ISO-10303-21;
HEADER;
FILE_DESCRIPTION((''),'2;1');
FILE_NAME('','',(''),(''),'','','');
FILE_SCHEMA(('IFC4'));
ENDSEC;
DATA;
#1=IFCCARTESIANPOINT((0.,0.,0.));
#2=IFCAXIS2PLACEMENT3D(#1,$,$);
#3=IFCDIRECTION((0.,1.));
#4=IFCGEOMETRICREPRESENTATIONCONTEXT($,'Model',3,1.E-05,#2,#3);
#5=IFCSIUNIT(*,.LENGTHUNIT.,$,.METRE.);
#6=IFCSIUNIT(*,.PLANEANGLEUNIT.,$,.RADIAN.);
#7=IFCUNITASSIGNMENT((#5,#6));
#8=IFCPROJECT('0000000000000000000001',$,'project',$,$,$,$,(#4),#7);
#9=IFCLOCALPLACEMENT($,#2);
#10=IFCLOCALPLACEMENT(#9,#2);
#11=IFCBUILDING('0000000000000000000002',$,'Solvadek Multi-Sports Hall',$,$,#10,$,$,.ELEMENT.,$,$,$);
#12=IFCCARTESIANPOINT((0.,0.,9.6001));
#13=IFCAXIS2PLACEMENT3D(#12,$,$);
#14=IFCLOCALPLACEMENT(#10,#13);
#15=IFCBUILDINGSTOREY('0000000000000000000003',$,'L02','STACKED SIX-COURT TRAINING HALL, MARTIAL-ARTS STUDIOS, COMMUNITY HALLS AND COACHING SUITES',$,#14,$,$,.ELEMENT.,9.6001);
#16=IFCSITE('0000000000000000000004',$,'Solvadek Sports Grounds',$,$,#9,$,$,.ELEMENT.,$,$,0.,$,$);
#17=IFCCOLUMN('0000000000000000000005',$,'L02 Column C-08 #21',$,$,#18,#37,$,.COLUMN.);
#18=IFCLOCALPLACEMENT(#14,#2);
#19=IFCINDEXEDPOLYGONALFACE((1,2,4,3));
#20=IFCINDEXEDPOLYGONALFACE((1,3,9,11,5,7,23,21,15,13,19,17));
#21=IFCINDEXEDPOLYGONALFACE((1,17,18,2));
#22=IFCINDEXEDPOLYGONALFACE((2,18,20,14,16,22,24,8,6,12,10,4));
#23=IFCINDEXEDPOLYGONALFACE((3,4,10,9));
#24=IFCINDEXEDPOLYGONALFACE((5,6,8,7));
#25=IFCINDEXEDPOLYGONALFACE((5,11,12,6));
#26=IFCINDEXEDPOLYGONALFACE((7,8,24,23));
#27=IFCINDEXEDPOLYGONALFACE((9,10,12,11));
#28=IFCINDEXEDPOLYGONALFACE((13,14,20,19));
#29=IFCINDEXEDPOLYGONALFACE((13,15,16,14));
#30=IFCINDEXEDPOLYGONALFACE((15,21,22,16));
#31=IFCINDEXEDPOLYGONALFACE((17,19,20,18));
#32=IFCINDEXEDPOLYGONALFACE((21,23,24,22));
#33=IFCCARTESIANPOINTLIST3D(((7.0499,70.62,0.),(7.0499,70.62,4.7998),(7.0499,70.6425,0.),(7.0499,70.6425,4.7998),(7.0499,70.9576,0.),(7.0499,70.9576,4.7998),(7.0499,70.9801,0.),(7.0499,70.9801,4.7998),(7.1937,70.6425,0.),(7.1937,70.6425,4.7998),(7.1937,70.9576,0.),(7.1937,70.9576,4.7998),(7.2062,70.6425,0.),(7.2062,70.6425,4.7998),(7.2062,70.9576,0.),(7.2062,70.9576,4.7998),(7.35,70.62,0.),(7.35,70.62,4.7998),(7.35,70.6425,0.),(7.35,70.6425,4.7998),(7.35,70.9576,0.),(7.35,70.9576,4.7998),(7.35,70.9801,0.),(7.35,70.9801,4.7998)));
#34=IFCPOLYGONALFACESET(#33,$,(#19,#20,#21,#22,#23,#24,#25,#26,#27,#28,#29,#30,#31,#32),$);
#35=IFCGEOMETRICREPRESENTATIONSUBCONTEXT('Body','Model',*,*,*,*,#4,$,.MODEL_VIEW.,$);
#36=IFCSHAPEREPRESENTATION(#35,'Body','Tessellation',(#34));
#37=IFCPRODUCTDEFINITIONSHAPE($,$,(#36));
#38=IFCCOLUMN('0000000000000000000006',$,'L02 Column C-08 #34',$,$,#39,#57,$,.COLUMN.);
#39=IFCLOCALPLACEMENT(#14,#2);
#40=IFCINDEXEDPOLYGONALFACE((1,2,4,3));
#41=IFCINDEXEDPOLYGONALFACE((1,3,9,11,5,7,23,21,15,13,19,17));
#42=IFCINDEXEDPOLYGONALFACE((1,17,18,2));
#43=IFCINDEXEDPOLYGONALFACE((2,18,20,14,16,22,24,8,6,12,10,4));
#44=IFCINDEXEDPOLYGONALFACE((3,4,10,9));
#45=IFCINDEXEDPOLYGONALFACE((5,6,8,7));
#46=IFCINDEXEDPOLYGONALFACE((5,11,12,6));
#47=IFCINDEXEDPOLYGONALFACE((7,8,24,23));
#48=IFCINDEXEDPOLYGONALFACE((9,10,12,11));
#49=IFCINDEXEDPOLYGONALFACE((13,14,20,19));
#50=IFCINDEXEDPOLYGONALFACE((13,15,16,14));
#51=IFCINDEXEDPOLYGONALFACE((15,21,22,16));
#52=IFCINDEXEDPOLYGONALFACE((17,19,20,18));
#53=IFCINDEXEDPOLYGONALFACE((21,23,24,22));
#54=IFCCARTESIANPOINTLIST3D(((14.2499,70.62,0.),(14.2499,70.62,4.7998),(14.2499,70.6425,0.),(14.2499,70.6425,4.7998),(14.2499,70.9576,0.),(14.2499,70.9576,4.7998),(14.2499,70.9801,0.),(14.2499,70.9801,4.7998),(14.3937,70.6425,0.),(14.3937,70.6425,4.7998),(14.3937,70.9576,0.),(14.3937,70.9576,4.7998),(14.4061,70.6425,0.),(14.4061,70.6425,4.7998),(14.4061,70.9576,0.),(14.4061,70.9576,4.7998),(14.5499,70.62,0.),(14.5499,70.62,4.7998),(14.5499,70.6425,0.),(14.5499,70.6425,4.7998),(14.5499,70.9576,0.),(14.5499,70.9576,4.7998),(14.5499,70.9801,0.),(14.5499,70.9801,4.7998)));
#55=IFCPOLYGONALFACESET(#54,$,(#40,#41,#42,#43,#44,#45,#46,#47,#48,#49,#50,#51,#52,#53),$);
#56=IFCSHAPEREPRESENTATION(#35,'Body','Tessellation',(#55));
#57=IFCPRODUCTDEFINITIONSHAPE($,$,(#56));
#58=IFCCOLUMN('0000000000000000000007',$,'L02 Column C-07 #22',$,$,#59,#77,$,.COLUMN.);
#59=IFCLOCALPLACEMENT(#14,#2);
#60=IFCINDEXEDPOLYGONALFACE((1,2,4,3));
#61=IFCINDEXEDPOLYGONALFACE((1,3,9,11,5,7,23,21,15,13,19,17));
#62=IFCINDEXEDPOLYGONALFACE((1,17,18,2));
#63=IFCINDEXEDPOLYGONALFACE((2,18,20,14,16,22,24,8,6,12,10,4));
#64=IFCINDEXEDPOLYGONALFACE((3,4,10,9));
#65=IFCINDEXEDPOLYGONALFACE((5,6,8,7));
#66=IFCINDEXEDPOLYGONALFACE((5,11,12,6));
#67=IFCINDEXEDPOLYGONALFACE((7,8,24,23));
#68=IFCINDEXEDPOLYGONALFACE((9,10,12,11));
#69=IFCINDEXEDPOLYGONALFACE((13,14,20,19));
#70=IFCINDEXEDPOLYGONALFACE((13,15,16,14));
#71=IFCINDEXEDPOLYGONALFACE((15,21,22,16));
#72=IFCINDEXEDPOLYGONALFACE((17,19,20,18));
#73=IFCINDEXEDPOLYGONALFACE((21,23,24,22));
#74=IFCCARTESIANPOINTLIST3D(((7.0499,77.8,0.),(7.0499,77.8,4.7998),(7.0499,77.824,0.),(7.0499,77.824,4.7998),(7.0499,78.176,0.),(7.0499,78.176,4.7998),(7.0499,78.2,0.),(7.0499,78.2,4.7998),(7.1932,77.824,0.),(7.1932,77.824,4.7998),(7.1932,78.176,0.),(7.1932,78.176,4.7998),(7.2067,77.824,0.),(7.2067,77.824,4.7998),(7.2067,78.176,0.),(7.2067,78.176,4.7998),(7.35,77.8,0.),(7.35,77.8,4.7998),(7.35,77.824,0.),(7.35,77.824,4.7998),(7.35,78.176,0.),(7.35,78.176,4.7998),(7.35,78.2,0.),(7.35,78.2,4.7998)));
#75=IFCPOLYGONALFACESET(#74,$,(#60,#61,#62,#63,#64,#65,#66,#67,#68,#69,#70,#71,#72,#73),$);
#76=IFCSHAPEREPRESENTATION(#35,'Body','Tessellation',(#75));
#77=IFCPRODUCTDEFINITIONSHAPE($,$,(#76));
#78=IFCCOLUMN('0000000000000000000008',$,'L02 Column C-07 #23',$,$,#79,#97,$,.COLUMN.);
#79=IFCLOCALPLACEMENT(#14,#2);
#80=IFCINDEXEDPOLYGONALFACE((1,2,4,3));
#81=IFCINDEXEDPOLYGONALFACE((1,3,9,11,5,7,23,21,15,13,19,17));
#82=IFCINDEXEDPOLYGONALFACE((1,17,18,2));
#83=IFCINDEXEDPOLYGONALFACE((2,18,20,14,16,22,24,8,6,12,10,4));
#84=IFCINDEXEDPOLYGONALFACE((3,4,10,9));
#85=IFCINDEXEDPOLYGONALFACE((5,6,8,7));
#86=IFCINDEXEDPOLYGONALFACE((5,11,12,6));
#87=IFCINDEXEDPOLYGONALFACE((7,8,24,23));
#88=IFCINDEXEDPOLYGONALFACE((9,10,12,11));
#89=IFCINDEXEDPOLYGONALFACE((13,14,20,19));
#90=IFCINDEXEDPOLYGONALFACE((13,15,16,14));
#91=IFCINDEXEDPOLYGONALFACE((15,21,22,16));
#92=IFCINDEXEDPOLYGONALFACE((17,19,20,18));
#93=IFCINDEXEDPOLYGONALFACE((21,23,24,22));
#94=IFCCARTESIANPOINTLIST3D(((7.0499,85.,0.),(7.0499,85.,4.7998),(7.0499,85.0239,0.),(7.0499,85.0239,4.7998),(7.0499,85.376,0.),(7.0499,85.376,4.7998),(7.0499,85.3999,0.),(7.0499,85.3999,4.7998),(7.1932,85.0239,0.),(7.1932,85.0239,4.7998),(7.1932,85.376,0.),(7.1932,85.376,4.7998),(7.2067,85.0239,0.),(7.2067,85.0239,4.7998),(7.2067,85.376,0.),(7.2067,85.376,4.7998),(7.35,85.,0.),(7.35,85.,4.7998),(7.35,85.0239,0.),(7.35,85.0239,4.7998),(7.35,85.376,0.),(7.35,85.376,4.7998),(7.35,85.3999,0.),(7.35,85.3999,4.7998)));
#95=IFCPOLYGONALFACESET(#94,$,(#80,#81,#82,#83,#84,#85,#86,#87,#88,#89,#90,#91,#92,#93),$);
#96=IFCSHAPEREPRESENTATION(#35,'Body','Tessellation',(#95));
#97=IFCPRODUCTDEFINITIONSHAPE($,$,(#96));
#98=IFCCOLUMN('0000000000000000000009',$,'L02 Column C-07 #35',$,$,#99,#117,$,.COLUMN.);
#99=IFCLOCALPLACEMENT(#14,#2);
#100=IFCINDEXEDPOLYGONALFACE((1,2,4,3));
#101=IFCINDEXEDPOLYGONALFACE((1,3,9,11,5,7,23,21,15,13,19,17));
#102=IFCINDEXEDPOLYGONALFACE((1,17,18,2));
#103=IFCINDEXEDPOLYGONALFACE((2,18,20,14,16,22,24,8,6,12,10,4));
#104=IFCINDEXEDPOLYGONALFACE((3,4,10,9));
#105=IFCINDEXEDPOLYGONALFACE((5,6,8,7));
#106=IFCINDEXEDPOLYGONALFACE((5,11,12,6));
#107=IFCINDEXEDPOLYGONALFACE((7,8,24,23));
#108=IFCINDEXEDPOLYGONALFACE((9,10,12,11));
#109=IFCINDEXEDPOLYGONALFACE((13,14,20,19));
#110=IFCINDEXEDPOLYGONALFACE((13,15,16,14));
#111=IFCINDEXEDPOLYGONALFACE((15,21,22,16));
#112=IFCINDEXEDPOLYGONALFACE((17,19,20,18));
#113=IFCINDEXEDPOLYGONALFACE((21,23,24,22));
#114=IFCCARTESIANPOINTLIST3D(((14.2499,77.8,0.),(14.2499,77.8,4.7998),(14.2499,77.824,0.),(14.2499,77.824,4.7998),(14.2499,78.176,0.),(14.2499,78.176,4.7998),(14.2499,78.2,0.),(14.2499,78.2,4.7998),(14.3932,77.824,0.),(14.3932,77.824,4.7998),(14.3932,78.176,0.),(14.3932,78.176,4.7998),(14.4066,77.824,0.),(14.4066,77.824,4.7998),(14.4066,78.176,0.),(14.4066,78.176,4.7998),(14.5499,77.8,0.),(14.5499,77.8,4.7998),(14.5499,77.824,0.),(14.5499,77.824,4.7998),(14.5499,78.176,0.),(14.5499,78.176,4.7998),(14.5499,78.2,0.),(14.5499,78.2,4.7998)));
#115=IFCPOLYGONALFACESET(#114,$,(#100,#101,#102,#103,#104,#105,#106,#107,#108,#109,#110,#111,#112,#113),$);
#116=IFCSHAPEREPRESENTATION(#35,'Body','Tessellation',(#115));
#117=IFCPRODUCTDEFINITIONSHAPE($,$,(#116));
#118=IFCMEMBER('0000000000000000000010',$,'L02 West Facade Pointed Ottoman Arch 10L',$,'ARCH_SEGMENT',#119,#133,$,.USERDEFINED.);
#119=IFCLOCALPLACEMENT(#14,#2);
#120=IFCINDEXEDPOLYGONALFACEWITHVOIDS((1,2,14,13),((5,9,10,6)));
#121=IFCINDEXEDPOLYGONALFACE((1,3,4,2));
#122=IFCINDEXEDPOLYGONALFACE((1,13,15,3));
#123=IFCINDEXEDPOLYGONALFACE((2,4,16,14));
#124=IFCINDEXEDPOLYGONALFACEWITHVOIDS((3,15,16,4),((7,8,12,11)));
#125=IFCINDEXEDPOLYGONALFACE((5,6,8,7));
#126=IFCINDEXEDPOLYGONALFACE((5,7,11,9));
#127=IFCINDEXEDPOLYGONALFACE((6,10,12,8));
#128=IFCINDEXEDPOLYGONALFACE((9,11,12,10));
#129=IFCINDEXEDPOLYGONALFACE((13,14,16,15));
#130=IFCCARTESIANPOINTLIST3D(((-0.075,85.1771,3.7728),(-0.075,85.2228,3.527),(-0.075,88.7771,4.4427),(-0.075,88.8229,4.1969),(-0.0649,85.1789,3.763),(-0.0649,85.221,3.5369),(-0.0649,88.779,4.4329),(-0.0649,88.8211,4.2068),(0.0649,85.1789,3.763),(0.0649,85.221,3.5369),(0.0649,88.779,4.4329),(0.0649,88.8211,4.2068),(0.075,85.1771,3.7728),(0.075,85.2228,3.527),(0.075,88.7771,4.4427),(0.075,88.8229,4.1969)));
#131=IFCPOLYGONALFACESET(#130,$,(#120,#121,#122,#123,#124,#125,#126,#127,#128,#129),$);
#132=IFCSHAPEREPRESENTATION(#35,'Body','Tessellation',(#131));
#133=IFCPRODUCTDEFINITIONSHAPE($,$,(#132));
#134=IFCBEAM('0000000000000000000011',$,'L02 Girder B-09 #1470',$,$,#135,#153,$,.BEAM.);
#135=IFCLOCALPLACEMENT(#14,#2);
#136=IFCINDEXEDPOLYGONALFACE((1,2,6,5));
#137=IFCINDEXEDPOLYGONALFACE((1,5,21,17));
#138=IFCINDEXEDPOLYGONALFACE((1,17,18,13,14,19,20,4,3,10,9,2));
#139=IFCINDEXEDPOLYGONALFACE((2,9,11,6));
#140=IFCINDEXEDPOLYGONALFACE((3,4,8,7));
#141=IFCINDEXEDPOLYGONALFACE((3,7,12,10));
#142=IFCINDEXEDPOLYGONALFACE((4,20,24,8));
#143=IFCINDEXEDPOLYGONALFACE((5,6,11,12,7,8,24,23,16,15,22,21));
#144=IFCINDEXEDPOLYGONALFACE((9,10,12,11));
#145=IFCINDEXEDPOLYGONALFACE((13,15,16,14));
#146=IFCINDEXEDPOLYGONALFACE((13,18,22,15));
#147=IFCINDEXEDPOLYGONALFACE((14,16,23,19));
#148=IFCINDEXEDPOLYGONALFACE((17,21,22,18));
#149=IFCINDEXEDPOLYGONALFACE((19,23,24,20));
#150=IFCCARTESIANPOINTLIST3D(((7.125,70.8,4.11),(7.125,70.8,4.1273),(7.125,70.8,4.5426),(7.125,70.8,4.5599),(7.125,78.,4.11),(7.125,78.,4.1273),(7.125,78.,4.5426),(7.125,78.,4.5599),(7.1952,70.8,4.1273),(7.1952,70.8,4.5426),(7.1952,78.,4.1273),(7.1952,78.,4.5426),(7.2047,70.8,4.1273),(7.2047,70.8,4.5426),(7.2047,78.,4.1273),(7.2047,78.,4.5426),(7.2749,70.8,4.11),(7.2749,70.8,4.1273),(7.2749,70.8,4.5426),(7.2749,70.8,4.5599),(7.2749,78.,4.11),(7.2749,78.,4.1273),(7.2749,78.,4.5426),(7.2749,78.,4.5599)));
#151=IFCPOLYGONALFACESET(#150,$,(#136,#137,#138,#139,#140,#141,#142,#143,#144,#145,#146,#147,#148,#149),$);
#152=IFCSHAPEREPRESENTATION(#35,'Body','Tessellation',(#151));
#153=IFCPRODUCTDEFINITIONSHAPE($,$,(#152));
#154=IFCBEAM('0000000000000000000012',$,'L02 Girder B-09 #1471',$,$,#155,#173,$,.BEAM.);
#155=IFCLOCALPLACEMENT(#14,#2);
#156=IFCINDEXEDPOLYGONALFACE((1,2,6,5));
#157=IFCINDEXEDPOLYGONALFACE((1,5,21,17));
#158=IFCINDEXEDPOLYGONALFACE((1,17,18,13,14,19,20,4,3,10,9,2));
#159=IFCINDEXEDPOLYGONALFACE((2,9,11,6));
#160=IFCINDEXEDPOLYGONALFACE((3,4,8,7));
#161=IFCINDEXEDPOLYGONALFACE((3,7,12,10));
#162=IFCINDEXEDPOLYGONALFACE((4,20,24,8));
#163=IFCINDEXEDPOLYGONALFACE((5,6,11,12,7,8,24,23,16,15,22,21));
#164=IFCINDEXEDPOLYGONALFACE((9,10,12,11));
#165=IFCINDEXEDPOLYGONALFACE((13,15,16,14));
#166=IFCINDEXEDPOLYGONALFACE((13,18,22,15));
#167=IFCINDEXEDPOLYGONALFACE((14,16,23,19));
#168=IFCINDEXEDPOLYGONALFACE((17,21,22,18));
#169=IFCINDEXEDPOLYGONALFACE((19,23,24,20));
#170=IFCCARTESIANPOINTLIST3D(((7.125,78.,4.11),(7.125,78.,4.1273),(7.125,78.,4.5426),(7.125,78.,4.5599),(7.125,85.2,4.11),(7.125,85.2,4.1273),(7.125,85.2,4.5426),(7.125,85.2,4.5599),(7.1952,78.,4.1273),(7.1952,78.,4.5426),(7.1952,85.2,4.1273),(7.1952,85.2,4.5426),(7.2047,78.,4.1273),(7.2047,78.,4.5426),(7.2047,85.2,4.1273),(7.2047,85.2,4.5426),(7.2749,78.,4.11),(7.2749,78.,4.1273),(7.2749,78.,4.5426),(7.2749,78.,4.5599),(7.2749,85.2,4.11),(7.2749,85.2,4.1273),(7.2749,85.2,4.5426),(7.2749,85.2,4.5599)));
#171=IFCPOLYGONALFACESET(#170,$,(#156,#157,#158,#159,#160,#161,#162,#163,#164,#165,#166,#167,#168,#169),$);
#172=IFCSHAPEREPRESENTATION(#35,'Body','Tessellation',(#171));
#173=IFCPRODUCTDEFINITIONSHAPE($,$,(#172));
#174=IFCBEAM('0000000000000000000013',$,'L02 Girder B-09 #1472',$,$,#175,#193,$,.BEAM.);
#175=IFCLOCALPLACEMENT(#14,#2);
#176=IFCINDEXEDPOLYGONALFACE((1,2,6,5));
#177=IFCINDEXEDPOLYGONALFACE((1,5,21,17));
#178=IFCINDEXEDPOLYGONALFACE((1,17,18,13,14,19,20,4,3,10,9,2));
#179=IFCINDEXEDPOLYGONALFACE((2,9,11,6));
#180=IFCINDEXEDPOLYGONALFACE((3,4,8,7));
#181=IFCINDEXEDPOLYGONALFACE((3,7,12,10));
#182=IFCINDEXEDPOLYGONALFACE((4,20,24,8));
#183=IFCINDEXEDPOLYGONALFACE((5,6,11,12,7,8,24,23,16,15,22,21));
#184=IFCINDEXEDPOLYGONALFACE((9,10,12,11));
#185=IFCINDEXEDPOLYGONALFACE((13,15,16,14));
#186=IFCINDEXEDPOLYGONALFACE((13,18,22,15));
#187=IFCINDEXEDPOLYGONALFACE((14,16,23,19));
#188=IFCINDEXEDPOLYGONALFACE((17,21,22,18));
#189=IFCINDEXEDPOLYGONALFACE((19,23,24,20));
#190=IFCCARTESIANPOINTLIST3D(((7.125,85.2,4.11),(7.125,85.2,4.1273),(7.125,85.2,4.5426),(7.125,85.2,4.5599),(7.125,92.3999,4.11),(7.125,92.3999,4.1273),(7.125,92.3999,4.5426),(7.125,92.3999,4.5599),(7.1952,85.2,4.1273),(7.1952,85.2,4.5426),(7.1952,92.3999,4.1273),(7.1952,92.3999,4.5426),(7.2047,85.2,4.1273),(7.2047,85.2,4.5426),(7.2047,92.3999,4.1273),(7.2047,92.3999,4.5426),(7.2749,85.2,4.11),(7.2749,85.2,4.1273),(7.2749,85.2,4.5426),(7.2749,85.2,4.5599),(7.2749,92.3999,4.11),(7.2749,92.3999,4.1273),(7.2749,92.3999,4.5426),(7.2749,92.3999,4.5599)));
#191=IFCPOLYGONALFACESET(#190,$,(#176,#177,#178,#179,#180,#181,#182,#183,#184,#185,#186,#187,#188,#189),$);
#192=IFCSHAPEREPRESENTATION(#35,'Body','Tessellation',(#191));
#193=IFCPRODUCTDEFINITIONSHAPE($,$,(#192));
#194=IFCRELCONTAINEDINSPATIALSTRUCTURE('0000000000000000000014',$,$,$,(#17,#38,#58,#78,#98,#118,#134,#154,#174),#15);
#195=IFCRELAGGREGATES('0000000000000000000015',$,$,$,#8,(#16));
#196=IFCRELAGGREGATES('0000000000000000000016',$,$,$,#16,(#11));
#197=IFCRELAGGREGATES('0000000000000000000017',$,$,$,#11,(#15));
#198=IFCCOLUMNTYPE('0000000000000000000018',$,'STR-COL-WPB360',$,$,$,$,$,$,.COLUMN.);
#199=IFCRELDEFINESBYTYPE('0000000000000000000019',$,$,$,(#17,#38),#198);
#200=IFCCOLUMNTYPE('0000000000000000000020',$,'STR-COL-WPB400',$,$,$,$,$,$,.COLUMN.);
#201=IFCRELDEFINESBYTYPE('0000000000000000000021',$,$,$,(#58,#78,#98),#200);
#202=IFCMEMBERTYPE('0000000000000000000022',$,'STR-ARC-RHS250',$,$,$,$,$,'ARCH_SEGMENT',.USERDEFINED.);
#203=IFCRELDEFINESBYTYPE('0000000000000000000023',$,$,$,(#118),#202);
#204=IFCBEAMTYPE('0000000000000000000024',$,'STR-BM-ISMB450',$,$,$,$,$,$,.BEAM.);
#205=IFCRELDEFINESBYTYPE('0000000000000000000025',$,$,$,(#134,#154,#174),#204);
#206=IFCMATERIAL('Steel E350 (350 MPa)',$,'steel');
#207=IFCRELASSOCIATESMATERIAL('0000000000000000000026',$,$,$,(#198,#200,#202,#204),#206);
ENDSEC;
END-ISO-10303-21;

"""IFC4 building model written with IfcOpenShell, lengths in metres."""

from ifc_helpers import new_model, si_unit, direction, frame, origin, origin_2d, place, context, subcontext, project, spatial, hollow_rectangle, i_section, extrude, material, material_profile, profile_set, type_object, element, save


model = new_model("IFC4")

# Units and contexts
model_context = context("Model", 3, precision=1e-05, world=origin(), true_north=direction((0.0, 1.0)))
body_context = subcontext(model_context, "Body", "Model", "MODEL_VIEW")
ifc_project = project(units=[si_unit("LENGTHUNIT", "METRE"), si_unit("PLANEANGLEUNIT", "RADIAN")], contexts=[model_context])

# Site, building, storey
site_placement = place(None, origin())
site = spatial("IfcSite", under=ifc_project, at=site_placement, Name="Solvadek Sports Grounds", CompositionType="ELEMENT", RefElevation=0.0)
building_placement = place(site_placement, origin())
building = spatial("IfcBuilding", under=site, at=building_placement, Name="Solvadek Multi-Sports Hall", CompositionType="ELEMENT")
storey_placement = place(building_placement, frame((0.0, 0.0, 9.6001)))
storey = spatial("IfcBuildingStorey", under=building, at=storey_placement, Name="L02", Description="STACKED SIX-COURT TRAINING HALL, MARTIAL-ARTS STUDIOS, COMMUNITY HALLS AND COACHING SUITES", CompositionType="ELEMENT", Elevation=9.6001)

# Columns
ifc_material_1 = material(Name="Steel E350 (350 MPa)", Category="steel")
ifc_material_profile_1 = material_profile(ifc_material_1, i_section(OverallWidth=0.3, OverallDepth=0.3601, WebThickness=0.0125, FlangeThickness=0.0225, at=origin_2d()), Name="WPB 360")
ifc_profile_set_1 = profile_set([ifc_material_profile_1], Name="Steel E350 (350 MPa)")
column_type_1 = type_object("IfcColumnType", Name="STR-COL-WPB360", PredefinedType="COLUMN", material=ifc_profile_set_1)
for number, where, z_axis, x_axis, name in (
    (1, (7.2, 70.8, 0.0), (0.0, 0.0, 1.0), (1.0, 0.0, 0.0), "L02 Column C-08 #21"),
    (2, (14.3999, 70.8, 0.0), (0.0, 0.0, 1.0), (1.0, 0.0, 0.0), "L02 Column C-08 #34"),
):
    element("IfcColumn", number, at=place(storey_placement, frame(where, z_axis=z_axis, x_axis=x_axis)), inside=storey, type_object=column_type_1, Name=name, PredefinedType="COLUMN", context=body_context, shape_type="SweptSolid", body=[
        extrude(i_section(OverallWidth=0.3, OverallDepth=0.3601, WebThickness=0.0125, FlangeThickness=0.0225, at=origin_2d()), origin(), (0.0, 0.0, 1.0), 4.7998),
    ])
ifc_material_profile_2 = material_profile(ifc_material_1, i_section(OverallWidth=0.3, OverallDepth=0.3999, WebThickness=0.0134, FlangeThickness=0.0239, at=origin_2d()), Name="WPB 400")
ifc_profile_set_2 = profile_set([ifc_material_profile_2], Name="Steel E350 (350 MPa)")
column_type_2 = type_object("IfcColumnType", Name="STR-COL-WPB400", PredefinedType="COLUMN", material=ifc_profile_set_2)
for number, where, z_axis, x_axis, name in (
    (3, (7.2, 78.0, 0.0), (0.0, 0.0, 1.0), (1.0, 0.0, 0.0), "L02 Column C-07 #22"),
    (4, (7.2, 85.2, 0.0), (0.0, 0.0, 1.0), (1.0, 0.0, 0.0), "L02 Column C-07 #23"),
    (5, (14.3999, 78.0, 0.0), (0.0, 0.0, 1.0), (1.0, 0.0, 0.0), "L02 Column C-07 #35"),
):
    element("IfcColumn", number, at=place(storey_placement, frame(where, z_axis=z_axis, x_axis=x_axis)), inside=storey, type_object=column_type_2, Name=name, PredefinedType="COLUMN", context=body_context, shape_type="SweptSolid", body=[
        extrude(i_section(OverallWidth=0.3, OverallDepth=0.3999, WebThickness=0.0134, FlangeThickness=0.0239, at=origin_2d()), origin(), (0.0, 0.0, 1.0), 4.7998),
    ])

# Member
ifc_material_profile_3 = material_profile(ifc_material_1, hollow_rectangle(XDim=0.1499, YDim=0.25, WallThickness=0.01, at=origin_2d()), Name="RHS 250x150x10")
ifc_profile_set_3 = profile_set([ifc_material_profile_3], Name="Steel E350 (350 MPa)")
member_type = type_object("IfcMemberType", Name="STR-ARC-RHS250", ElementType="ARCH_SEGMENT", PredefinedType="USERDEFINED", material=ifc_profile_set_3)
member_placement = place(storey_placement, frame((0.0, 85.2, 3.6499), z_axis=(0.0, 0.983123, 0.182944), x_axis=(-1.0, 0.0, 0.0)))
element("IfcMember", 6, at=member_placement, inside=storey, type_object=member_type, Name="L02 West Facade Pointed Ottoman Arch 10L", ObjectType="ARCH_SEGMENT", PredefinedType="USERDEFINED", context=body_context, shape_type="SweptSolid", body=[
    extrude(hollow_rectangle(XDim=0.1499, YDim=0.25, WallThickness=0.01, at=origin_2d()), origin(), (0.0, 0.0, 1.0), 3.6619),
])

# Beams
ifc_material_profile_4 = material_profile(ifc_material_1, i_section(OverallWidth=0.1499, OverallDepth=0.45, WebThickness=0.0095, FlangeThickness=0.0173, at=origin_2d()), Name="ISMB 450")
ifc_profile_set_4 = profile_set([ifc_material_profile_4], Name="Steel E350 (350 MPa)")
beam_type_1 = type_object("IfcBeamType", Name="STR-BM-ISMB450", PredefinedType="BEAM", material=ifc_profile_set_4)
for number, where, z_axis, x_axis, name in (
    (7, (7.2, 70.8, 4.335), (0.0, 1.0, 0.0), (-1.0, 0.0, 0.0), "L02 Girder B-09 #1470"),
    (8, (7.2, 78.0, 4.335), (0.0, 1.0, 0.0), (-1.0, 0.0, 0.0), "L02 Girder B-09 #1471"),
    (9, (7.2, 85.2, 4.335), (0.0, 1.0, 0.0), (-1.0, 0.0, 0.0), "L02 Girder B-09 #1472"),
):
    element("IfcBeam", number, at=place(storey_placement, frame(where, z_axis=z_axis, x_axis=x_axis)), inside=storey, type_object=beam_type_1, Name=name, PredefinedType="BEAM", context=body_context, shape_type="SweptSolid", body=[
        extrude(i_section(OverallWidth=0.1499, OverallDepth=0.45, WebThickness=0.0095, FlangeThickness=0.0173, at=origin_2d()), origin(), (0.0, 0.0, 1.0), 7.2),
    ])

save(model, "model.ifc")
